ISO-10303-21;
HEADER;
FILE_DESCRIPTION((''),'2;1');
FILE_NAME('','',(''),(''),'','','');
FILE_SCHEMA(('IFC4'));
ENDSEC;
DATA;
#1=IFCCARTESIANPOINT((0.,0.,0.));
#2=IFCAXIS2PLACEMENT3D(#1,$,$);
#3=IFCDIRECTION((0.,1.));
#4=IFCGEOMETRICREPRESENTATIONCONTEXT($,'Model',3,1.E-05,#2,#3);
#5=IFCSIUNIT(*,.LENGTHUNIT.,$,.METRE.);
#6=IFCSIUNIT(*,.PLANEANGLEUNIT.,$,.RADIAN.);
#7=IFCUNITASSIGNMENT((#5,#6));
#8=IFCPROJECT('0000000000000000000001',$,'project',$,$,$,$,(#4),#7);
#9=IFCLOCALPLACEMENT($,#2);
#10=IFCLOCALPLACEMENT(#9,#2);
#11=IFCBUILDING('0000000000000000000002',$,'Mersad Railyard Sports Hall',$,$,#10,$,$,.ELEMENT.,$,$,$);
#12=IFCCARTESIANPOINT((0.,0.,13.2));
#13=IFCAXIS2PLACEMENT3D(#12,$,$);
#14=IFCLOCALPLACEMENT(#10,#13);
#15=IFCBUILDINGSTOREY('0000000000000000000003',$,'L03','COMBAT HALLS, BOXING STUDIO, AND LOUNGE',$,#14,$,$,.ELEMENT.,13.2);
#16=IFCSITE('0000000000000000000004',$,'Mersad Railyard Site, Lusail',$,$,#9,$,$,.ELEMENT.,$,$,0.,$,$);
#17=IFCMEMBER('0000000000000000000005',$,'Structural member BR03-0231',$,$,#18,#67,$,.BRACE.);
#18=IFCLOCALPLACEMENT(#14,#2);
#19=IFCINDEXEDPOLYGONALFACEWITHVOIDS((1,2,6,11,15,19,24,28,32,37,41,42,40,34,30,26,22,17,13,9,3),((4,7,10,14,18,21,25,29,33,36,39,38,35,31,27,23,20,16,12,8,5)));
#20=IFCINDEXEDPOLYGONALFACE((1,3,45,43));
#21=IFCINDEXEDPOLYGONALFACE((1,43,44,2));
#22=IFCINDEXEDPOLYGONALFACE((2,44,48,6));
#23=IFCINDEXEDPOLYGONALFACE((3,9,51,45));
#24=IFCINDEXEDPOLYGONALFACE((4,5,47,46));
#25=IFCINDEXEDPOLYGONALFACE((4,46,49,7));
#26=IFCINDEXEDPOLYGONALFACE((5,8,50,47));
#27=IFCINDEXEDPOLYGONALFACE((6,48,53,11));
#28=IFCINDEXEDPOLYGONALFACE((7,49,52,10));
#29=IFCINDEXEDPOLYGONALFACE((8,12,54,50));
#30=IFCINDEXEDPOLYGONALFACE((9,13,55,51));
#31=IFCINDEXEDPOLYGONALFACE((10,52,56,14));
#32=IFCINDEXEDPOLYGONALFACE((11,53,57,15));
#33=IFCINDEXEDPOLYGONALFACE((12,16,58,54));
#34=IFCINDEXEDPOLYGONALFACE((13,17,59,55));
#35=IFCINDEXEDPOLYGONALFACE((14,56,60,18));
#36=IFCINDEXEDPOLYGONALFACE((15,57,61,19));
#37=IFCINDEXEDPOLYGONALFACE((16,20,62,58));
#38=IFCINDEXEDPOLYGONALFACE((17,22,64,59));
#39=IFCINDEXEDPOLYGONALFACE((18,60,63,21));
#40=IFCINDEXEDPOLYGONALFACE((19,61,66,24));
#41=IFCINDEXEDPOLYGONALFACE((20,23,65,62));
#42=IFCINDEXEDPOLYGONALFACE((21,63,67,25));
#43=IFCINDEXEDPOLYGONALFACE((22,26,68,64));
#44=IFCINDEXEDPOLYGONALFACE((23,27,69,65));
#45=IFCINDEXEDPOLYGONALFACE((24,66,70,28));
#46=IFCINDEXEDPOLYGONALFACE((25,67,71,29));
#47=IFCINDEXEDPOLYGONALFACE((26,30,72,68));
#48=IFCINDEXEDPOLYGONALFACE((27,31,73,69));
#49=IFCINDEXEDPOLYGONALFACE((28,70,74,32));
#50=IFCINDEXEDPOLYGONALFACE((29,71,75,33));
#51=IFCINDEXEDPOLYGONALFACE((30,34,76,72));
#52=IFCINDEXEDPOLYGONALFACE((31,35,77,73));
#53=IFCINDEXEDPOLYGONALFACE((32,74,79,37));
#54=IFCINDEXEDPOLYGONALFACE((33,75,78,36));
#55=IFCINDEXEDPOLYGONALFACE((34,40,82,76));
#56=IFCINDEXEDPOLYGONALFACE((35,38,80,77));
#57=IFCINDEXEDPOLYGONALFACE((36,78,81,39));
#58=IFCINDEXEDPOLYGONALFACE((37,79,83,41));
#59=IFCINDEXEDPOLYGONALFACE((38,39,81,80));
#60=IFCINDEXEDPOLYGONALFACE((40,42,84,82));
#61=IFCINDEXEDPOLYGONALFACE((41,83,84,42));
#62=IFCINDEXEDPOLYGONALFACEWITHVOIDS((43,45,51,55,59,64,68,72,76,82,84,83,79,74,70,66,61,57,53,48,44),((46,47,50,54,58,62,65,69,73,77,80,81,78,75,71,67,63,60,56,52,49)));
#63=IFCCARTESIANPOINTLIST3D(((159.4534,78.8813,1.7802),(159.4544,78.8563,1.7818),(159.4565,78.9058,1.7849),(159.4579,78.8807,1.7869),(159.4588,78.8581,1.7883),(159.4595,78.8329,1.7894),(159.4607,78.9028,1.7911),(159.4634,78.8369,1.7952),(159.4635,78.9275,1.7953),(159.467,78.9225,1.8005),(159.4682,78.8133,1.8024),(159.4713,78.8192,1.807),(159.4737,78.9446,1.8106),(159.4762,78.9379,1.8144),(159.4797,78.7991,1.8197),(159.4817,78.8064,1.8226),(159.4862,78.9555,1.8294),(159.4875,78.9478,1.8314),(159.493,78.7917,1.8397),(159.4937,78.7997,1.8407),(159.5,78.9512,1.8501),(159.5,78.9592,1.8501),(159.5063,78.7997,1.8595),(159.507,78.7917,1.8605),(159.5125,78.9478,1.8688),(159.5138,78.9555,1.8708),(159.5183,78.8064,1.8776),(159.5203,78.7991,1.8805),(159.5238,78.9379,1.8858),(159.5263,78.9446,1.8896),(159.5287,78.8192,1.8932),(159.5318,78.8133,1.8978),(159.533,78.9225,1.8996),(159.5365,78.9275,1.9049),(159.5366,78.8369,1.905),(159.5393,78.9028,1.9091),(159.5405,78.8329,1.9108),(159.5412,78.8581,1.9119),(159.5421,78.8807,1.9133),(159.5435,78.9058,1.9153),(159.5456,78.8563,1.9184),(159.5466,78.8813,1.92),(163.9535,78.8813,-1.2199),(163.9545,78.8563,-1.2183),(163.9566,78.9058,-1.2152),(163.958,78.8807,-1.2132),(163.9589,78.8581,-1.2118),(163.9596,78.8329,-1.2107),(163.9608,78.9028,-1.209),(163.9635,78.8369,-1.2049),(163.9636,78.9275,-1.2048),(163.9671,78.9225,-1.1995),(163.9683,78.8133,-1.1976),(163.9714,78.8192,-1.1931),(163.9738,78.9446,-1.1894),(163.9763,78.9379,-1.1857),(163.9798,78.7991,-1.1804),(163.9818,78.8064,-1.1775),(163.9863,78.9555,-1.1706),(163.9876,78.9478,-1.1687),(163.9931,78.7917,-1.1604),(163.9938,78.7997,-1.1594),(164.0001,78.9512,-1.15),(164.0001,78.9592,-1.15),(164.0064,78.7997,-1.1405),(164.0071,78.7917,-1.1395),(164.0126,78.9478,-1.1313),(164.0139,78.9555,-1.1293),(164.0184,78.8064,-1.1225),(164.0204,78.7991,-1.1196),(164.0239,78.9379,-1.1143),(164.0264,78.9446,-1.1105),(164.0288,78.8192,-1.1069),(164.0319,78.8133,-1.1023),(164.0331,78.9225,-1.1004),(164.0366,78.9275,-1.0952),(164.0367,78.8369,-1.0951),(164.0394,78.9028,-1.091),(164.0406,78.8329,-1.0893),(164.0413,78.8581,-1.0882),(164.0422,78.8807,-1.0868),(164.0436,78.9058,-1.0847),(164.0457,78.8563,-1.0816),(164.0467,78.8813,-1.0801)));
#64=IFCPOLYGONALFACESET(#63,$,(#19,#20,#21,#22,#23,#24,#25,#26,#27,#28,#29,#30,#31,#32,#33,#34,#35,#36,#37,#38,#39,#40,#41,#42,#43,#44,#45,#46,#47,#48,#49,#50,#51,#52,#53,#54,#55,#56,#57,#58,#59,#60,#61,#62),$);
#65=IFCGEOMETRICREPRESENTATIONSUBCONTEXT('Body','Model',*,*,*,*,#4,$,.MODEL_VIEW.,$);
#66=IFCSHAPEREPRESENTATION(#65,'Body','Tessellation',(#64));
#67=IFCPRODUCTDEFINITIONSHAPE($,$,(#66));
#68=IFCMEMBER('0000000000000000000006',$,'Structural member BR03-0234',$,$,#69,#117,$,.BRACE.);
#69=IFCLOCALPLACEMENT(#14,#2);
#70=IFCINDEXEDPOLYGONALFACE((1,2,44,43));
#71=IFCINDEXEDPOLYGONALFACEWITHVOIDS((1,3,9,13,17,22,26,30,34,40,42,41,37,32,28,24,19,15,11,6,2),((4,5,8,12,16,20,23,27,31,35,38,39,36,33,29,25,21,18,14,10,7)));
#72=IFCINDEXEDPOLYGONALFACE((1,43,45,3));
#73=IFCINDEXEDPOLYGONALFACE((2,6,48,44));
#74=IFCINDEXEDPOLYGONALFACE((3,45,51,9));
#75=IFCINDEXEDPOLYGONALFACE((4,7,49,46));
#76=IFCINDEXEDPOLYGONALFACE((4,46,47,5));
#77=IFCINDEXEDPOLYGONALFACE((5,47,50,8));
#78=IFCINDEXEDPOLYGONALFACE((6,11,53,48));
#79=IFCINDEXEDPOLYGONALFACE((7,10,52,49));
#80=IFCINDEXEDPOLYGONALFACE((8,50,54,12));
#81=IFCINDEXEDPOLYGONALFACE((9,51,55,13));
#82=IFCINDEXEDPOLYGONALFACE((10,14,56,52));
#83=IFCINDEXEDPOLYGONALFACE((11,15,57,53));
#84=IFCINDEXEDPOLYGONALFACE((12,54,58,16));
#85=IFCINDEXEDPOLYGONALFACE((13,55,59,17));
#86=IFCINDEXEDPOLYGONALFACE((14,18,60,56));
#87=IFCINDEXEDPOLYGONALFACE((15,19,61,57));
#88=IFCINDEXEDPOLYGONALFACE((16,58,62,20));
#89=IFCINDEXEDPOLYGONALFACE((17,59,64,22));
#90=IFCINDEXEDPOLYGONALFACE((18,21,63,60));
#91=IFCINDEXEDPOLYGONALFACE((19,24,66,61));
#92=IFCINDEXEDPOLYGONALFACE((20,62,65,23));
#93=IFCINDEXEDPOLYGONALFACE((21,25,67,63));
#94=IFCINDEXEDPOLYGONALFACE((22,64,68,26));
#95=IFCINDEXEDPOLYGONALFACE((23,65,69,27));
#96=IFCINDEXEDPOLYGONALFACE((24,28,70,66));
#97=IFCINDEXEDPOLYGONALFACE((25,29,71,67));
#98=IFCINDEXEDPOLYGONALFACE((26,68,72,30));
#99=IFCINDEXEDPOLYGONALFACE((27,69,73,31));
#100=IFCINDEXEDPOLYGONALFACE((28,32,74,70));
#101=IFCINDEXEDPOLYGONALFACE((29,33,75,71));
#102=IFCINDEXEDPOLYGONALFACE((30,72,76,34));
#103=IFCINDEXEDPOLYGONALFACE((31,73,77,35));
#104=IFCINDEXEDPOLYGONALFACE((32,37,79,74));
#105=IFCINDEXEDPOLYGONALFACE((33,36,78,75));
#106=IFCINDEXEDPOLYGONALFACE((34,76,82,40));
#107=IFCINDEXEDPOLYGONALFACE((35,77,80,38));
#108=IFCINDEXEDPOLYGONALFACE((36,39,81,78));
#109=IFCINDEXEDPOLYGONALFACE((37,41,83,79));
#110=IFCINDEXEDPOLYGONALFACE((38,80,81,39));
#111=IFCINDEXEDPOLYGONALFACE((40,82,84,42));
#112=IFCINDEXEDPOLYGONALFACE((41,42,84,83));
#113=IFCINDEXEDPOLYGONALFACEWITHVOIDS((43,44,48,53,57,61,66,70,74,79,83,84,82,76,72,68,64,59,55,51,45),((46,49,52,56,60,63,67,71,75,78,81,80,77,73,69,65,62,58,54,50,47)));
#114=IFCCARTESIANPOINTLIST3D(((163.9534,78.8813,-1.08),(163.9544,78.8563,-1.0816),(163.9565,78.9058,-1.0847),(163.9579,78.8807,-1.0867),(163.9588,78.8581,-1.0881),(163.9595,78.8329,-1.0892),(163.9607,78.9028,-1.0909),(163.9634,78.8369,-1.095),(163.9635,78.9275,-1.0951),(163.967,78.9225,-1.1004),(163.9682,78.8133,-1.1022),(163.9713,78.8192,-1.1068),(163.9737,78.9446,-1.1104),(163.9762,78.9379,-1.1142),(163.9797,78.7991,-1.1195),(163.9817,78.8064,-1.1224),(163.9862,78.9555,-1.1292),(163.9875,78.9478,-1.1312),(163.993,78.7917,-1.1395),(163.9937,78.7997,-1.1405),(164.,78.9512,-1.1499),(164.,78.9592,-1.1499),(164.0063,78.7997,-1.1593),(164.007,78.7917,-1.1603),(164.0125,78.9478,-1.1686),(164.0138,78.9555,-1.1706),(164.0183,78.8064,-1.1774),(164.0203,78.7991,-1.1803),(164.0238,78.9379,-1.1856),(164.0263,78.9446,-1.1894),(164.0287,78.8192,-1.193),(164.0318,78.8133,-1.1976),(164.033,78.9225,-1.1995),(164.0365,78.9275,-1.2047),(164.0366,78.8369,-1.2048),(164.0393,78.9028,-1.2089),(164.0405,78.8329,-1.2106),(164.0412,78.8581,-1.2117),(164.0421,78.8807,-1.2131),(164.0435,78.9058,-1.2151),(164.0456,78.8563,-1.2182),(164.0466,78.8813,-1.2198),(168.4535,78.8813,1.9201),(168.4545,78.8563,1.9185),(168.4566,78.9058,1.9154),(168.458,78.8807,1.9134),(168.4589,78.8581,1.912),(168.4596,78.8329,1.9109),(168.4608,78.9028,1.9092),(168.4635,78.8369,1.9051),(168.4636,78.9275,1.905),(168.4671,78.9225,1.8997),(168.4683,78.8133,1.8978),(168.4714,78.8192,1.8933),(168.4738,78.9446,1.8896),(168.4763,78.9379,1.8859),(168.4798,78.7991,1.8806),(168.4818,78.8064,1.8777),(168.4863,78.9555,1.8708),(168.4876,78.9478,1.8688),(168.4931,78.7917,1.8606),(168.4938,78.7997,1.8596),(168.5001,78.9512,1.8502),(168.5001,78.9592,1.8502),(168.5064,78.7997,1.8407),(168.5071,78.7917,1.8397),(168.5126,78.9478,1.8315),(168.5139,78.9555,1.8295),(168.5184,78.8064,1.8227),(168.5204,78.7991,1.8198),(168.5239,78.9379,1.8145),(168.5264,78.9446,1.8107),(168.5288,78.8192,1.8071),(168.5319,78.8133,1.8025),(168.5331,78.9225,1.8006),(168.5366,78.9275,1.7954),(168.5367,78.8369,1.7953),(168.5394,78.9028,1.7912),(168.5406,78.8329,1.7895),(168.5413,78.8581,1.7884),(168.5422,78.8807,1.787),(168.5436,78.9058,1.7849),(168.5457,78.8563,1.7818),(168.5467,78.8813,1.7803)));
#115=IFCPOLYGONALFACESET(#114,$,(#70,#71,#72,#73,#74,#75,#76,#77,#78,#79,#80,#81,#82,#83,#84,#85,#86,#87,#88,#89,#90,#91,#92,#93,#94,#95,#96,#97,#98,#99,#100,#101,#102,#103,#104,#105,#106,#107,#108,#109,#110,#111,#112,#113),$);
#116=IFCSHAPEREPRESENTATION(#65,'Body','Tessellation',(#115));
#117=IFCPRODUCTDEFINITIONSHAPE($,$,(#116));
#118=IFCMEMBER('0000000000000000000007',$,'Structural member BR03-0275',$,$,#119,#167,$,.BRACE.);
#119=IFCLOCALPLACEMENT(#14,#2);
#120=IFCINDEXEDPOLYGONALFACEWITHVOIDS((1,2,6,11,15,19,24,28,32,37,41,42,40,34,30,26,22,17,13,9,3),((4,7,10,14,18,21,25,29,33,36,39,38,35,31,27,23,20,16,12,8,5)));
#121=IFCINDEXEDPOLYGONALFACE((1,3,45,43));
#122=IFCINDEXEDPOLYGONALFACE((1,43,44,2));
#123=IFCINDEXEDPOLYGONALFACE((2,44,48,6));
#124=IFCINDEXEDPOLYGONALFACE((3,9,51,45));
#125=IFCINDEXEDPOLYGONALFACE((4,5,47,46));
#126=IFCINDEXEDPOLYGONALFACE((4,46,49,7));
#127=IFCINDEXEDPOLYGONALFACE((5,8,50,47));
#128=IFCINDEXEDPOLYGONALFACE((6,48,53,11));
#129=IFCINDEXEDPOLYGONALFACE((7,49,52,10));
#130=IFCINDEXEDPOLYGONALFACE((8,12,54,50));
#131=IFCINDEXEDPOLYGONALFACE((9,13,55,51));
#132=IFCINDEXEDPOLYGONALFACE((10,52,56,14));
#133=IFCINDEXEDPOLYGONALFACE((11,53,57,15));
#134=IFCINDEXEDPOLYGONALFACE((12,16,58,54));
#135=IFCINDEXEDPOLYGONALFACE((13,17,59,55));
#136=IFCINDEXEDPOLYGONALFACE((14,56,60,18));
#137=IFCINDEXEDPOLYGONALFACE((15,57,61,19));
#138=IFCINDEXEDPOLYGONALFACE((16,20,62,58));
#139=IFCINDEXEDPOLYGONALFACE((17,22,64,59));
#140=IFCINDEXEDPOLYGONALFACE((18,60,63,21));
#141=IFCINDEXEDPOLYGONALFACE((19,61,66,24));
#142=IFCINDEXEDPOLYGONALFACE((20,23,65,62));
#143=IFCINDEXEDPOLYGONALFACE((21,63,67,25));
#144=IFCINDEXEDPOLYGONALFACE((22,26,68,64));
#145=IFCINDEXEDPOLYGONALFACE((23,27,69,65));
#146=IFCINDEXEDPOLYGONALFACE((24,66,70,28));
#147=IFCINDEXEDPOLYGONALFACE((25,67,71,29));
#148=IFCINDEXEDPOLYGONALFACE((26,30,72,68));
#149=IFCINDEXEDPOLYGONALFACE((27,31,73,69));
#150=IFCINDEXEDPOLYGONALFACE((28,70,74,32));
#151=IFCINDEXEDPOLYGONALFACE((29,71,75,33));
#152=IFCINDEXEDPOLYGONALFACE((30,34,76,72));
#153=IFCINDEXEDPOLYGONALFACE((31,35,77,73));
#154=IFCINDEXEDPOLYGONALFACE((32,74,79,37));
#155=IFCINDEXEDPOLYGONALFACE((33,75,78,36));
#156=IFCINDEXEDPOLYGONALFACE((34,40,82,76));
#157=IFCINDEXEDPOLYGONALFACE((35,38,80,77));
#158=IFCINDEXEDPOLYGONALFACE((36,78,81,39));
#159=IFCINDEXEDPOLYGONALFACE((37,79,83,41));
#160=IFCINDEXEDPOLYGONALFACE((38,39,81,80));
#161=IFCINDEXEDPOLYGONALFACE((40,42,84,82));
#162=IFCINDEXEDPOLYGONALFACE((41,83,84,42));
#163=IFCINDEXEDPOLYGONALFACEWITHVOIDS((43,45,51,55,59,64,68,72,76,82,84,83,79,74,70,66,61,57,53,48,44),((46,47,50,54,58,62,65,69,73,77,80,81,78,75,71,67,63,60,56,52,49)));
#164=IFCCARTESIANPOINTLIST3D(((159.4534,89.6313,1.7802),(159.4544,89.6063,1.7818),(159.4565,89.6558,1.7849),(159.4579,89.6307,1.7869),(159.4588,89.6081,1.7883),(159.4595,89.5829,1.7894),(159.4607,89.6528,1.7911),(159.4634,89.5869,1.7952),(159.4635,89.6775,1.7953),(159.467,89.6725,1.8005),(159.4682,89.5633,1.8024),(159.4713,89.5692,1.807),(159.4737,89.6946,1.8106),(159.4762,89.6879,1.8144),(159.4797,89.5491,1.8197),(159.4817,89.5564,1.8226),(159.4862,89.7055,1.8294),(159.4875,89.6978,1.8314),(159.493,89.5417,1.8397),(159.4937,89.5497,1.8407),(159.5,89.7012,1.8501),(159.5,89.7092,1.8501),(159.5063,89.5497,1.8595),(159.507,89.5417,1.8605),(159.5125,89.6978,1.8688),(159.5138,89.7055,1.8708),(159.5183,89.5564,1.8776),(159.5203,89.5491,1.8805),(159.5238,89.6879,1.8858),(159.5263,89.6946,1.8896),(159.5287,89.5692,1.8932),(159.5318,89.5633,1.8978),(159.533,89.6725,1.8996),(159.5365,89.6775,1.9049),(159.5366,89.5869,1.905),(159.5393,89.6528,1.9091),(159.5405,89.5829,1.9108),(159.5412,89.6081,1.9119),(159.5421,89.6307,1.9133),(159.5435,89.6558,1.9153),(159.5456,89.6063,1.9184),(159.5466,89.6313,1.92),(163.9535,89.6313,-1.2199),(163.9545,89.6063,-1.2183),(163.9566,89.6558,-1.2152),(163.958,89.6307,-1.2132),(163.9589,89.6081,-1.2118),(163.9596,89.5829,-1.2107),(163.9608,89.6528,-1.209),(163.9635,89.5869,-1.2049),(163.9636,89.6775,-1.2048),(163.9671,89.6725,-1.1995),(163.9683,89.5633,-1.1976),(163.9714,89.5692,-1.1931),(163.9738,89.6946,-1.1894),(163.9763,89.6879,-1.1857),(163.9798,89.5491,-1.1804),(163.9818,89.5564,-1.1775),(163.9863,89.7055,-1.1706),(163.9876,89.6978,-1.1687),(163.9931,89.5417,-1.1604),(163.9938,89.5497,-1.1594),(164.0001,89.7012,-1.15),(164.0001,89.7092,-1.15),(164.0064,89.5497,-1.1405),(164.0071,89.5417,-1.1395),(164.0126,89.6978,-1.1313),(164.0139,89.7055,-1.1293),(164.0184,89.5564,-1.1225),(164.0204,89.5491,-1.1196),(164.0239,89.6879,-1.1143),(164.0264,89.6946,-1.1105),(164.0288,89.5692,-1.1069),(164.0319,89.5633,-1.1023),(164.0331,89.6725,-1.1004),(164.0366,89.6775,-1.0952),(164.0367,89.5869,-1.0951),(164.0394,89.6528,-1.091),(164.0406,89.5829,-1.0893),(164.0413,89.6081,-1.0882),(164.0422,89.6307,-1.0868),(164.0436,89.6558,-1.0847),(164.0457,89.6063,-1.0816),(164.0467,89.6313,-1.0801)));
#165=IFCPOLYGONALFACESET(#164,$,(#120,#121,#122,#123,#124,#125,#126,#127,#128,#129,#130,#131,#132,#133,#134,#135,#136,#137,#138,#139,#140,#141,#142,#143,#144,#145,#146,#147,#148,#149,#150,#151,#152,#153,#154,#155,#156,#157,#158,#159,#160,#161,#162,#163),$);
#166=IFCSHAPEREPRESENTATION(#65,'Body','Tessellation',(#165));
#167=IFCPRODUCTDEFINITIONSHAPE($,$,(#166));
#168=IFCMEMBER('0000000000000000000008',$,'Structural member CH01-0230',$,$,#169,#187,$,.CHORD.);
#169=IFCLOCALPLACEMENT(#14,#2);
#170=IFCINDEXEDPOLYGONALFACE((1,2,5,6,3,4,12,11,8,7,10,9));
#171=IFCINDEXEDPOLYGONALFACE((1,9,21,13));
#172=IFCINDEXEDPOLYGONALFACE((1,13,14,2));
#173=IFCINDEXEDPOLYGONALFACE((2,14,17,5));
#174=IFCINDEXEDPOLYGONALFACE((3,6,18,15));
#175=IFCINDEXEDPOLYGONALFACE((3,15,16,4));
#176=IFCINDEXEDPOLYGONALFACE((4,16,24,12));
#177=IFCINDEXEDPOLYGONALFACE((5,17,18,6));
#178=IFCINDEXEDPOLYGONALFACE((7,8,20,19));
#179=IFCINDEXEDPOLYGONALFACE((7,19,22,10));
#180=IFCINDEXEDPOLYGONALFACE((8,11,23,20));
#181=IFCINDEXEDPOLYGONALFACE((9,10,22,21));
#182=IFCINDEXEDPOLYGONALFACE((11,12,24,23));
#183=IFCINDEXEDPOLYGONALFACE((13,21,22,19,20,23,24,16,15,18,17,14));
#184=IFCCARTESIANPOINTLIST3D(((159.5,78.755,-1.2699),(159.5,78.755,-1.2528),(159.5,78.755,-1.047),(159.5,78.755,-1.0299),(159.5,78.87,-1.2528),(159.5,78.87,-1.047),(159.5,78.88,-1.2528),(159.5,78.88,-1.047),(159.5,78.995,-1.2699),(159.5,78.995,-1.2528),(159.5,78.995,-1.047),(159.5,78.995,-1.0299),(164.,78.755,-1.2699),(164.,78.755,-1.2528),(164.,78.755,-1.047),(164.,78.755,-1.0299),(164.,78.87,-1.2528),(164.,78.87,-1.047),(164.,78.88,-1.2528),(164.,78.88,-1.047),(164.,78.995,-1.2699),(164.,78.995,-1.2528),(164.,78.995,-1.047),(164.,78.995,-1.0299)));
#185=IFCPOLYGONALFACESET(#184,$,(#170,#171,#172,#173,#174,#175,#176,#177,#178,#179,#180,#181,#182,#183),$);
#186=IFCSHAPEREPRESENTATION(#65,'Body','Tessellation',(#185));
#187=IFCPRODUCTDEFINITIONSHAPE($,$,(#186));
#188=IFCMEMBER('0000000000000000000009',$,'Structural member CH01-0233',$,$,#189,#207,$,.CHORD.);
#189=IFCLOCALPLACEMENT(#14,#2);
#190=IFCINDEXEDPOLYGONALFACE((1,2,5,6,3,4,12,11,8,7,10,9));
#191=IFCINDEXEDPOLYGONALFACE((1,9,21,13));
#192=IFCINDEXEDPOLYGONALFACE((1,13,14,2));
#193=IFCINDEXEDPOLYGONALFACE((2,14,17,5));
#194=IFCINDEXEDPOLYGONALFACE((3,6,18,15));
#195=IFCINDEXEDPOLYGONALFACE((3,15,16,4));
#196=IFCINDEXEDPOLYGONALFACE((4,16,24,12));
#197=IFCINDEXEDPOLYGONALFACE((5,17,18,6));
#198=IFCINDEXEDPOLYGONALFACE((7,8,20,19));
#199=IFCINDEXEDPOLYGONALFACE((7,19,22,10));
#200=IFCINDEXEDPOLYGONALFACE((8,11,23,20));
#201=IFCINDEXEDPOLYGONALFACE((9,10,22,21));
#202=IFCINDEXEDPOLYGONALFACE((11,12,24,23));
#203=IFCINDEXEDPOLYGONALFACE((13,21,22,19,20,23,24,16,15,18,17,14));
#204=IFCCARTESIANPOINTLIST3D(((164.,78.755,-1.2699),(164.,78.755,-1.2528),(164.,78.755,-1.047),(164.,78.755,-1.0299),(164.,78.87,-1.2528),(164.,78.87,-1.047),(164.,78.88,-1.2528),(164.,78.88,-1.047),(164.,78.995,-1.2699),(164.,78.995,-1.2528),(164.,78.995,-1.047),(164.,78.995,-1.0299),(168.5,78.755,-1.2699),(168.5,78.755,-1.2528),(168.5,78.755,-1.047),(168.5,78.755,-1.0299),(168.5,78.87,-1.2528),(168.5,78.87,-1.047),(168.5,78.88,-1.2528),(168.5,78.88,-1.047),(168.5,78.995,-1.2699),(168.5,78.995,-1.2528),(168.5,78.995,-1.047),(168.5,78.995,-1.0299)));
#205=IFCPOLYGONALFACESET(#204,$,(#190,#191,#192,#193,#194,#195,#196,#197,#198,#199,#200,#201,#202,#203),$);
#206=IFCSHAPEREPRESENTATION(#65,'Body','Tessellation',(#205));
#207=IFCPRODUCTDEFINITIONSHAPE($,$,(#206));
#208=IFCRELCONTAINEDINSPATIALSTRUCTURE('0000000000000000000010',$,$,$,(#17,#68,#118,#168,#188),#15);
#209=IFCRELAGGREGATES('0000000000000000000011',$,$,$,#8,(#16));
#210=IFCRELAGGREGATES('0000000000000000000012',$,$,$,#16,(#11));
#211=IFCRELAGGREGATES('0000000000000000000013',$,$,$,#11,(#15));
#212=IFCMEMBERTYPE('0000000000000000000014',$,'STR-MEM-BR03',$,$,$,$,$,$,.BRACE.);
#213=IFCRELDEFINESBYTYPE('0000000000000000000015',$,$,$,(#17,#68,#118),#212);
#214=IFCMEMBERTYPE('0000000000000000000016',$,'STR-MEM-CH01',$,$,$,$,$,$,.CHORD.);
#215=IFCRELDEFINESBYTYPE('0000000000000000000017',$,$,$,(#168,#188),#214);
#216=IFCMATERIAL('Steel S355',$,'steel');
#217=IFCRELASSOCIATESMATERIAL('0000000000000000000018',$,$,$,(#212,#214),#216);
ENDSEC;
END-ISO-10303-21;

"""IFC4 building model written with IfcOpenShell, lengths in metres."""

from ifc_helpers import new_model, si_unit, direction, frame, origin, origin_2d, place, context, subcontext, project, spatial, hollow_circle, i_section, extrude, material, material_profile, profile_set, type_object, element, save


model = new_model("IFC4")

# Units and contexts
model_context = context("Model", 3, precision=1e-05, world=origin(), true_north=direction((0.0, 1.0)))
body_context = subcontext(model_context, "Body", "Model", "MODEL_VIEW")
ifc_project = project(units=[si_unit("LENGTHUNIT", "METRE"), si_unit("PLANEANGLEUNIT", "RADIAN")], contexts=[model_context])

# Site, building, storey
site_placement = place(None, origin())
site = spatial("IfcSite", under=ifc_project, at=site_placement, Name="Mersad Railyard Site, Lusail", CompositionType="ELEMENT", RefElevation=0.0)
building_placement = place(site_placement, origin())
building = spatial("IfcBuilding", under=site, at=building_placement, Name="Mersad Railyard Sports Hall", CompositionType="ELEMENT")
storey_placement = place(building_placement, frame((0.0, 0.0, 13.2)))
storey = spatial("IfcBuildingStorey", under=building, at=storey_placement, Name="L03", Description="COMBAT HALLS, BOXING STUDIO, AND LOUNGE", CompositionType="ELEMENT", Elevation=13.2)

# Members
ifc_material_1 = material(Name="Steel S355", Category="steel")
ifc_material_profile_1 = material_profile(ifc_material_1, hollow_circle(Radius=0.0842, WallThickness=0.0081, at=origin_2d()), Name="CHS 168.3x8")
ifc_profile_set_1 = profile_set([ifc_material_profile_1], Name="Steel S355")
member_type_1 = type_object("IfcMemberType", Name="STR-MEM-BR03", PredefinedType="BRACE", material=ifc_profile_set_1)
for number, where, z_axis, x_axis, name in (
    (1, (159.5, 78.875, 1.8501), (0.83205, 0.0, -0.5547), (0.0, 1.0, 0.0), "Structural member BR03-0231"),
    (2, (164.0, 78.875, -1.1499), (0.83205, 0.0, 0.5547), (0.0, 1.0, 0.0), "Structural member BR03-0234"),
    (3, (159.5, 89.625, 1.8501), (0.83205, 0.0, -0.5547), (0.0, 1.0, 0.0), "Structural member BR03-0275"),
):
    element("IfcMember", number, at=place(storey_placement, frame(where, z_axis=z_axis, x_axis=x_axis)), inside=storey, type_object=member_type_1, Name=name, PredefinedType="BRACE", context=body_context, shape_type="SweptSolid", body=[
        extrude(hollow_circle(Radius=0.0842, WallThickness=0.0081, at=origin_2d()), origin(), (0.0, 0.0, 1.0), 5.4084),
    ])
ifc_material_profile_2 = material_profile(ifc_material_1, i_section(OverallWidth=0.24, OverallDepth=0.24, WebThickness=0.01, FlangeThickness=0.0171, at=origin_2d()), Name="HEB 240")
ifc_profile_set_2 = profile_set([ifc_material_profile_2], Name="Steel S355")
member_type_2 = type_object("IfcMemberType", Name="STR-MEM-CH01", PredefinedType="CHORD", material=ifc_profile_set_2)
for number, where, z_axis, x_axis, name in (
    (4, (159.5, 78.875, -1.1499), (1.0, 0.0, 0.0), (0.0, 1.0, 0.0), "Structural member CH01-0230"),
    (5, (164.0, 78.875, -1.1499), (1.0, 0.0, 0.0), (0.0, 1.0, 0.0), "Structural member CH01-0233"),
):
    element("IfcMember", number, at=place(storey_placement, frame(where, z_axis=z_axis, x_axis=x_axis)), inside=storey, type_object=member_type_2, Name=name, PredefinedType="CHORD", context=body_context, shape_type="SweptSolid", body=[
        extrude(i_section(OverallWidth=0.24, OverallDepth=0.24, WebThickness=0.01, FlangeThickness=0.0171, at=origin_2d()), origin(), (0.0, 0.0, 1.0), 4.5),
    ])

save(model, "model.ifc")
